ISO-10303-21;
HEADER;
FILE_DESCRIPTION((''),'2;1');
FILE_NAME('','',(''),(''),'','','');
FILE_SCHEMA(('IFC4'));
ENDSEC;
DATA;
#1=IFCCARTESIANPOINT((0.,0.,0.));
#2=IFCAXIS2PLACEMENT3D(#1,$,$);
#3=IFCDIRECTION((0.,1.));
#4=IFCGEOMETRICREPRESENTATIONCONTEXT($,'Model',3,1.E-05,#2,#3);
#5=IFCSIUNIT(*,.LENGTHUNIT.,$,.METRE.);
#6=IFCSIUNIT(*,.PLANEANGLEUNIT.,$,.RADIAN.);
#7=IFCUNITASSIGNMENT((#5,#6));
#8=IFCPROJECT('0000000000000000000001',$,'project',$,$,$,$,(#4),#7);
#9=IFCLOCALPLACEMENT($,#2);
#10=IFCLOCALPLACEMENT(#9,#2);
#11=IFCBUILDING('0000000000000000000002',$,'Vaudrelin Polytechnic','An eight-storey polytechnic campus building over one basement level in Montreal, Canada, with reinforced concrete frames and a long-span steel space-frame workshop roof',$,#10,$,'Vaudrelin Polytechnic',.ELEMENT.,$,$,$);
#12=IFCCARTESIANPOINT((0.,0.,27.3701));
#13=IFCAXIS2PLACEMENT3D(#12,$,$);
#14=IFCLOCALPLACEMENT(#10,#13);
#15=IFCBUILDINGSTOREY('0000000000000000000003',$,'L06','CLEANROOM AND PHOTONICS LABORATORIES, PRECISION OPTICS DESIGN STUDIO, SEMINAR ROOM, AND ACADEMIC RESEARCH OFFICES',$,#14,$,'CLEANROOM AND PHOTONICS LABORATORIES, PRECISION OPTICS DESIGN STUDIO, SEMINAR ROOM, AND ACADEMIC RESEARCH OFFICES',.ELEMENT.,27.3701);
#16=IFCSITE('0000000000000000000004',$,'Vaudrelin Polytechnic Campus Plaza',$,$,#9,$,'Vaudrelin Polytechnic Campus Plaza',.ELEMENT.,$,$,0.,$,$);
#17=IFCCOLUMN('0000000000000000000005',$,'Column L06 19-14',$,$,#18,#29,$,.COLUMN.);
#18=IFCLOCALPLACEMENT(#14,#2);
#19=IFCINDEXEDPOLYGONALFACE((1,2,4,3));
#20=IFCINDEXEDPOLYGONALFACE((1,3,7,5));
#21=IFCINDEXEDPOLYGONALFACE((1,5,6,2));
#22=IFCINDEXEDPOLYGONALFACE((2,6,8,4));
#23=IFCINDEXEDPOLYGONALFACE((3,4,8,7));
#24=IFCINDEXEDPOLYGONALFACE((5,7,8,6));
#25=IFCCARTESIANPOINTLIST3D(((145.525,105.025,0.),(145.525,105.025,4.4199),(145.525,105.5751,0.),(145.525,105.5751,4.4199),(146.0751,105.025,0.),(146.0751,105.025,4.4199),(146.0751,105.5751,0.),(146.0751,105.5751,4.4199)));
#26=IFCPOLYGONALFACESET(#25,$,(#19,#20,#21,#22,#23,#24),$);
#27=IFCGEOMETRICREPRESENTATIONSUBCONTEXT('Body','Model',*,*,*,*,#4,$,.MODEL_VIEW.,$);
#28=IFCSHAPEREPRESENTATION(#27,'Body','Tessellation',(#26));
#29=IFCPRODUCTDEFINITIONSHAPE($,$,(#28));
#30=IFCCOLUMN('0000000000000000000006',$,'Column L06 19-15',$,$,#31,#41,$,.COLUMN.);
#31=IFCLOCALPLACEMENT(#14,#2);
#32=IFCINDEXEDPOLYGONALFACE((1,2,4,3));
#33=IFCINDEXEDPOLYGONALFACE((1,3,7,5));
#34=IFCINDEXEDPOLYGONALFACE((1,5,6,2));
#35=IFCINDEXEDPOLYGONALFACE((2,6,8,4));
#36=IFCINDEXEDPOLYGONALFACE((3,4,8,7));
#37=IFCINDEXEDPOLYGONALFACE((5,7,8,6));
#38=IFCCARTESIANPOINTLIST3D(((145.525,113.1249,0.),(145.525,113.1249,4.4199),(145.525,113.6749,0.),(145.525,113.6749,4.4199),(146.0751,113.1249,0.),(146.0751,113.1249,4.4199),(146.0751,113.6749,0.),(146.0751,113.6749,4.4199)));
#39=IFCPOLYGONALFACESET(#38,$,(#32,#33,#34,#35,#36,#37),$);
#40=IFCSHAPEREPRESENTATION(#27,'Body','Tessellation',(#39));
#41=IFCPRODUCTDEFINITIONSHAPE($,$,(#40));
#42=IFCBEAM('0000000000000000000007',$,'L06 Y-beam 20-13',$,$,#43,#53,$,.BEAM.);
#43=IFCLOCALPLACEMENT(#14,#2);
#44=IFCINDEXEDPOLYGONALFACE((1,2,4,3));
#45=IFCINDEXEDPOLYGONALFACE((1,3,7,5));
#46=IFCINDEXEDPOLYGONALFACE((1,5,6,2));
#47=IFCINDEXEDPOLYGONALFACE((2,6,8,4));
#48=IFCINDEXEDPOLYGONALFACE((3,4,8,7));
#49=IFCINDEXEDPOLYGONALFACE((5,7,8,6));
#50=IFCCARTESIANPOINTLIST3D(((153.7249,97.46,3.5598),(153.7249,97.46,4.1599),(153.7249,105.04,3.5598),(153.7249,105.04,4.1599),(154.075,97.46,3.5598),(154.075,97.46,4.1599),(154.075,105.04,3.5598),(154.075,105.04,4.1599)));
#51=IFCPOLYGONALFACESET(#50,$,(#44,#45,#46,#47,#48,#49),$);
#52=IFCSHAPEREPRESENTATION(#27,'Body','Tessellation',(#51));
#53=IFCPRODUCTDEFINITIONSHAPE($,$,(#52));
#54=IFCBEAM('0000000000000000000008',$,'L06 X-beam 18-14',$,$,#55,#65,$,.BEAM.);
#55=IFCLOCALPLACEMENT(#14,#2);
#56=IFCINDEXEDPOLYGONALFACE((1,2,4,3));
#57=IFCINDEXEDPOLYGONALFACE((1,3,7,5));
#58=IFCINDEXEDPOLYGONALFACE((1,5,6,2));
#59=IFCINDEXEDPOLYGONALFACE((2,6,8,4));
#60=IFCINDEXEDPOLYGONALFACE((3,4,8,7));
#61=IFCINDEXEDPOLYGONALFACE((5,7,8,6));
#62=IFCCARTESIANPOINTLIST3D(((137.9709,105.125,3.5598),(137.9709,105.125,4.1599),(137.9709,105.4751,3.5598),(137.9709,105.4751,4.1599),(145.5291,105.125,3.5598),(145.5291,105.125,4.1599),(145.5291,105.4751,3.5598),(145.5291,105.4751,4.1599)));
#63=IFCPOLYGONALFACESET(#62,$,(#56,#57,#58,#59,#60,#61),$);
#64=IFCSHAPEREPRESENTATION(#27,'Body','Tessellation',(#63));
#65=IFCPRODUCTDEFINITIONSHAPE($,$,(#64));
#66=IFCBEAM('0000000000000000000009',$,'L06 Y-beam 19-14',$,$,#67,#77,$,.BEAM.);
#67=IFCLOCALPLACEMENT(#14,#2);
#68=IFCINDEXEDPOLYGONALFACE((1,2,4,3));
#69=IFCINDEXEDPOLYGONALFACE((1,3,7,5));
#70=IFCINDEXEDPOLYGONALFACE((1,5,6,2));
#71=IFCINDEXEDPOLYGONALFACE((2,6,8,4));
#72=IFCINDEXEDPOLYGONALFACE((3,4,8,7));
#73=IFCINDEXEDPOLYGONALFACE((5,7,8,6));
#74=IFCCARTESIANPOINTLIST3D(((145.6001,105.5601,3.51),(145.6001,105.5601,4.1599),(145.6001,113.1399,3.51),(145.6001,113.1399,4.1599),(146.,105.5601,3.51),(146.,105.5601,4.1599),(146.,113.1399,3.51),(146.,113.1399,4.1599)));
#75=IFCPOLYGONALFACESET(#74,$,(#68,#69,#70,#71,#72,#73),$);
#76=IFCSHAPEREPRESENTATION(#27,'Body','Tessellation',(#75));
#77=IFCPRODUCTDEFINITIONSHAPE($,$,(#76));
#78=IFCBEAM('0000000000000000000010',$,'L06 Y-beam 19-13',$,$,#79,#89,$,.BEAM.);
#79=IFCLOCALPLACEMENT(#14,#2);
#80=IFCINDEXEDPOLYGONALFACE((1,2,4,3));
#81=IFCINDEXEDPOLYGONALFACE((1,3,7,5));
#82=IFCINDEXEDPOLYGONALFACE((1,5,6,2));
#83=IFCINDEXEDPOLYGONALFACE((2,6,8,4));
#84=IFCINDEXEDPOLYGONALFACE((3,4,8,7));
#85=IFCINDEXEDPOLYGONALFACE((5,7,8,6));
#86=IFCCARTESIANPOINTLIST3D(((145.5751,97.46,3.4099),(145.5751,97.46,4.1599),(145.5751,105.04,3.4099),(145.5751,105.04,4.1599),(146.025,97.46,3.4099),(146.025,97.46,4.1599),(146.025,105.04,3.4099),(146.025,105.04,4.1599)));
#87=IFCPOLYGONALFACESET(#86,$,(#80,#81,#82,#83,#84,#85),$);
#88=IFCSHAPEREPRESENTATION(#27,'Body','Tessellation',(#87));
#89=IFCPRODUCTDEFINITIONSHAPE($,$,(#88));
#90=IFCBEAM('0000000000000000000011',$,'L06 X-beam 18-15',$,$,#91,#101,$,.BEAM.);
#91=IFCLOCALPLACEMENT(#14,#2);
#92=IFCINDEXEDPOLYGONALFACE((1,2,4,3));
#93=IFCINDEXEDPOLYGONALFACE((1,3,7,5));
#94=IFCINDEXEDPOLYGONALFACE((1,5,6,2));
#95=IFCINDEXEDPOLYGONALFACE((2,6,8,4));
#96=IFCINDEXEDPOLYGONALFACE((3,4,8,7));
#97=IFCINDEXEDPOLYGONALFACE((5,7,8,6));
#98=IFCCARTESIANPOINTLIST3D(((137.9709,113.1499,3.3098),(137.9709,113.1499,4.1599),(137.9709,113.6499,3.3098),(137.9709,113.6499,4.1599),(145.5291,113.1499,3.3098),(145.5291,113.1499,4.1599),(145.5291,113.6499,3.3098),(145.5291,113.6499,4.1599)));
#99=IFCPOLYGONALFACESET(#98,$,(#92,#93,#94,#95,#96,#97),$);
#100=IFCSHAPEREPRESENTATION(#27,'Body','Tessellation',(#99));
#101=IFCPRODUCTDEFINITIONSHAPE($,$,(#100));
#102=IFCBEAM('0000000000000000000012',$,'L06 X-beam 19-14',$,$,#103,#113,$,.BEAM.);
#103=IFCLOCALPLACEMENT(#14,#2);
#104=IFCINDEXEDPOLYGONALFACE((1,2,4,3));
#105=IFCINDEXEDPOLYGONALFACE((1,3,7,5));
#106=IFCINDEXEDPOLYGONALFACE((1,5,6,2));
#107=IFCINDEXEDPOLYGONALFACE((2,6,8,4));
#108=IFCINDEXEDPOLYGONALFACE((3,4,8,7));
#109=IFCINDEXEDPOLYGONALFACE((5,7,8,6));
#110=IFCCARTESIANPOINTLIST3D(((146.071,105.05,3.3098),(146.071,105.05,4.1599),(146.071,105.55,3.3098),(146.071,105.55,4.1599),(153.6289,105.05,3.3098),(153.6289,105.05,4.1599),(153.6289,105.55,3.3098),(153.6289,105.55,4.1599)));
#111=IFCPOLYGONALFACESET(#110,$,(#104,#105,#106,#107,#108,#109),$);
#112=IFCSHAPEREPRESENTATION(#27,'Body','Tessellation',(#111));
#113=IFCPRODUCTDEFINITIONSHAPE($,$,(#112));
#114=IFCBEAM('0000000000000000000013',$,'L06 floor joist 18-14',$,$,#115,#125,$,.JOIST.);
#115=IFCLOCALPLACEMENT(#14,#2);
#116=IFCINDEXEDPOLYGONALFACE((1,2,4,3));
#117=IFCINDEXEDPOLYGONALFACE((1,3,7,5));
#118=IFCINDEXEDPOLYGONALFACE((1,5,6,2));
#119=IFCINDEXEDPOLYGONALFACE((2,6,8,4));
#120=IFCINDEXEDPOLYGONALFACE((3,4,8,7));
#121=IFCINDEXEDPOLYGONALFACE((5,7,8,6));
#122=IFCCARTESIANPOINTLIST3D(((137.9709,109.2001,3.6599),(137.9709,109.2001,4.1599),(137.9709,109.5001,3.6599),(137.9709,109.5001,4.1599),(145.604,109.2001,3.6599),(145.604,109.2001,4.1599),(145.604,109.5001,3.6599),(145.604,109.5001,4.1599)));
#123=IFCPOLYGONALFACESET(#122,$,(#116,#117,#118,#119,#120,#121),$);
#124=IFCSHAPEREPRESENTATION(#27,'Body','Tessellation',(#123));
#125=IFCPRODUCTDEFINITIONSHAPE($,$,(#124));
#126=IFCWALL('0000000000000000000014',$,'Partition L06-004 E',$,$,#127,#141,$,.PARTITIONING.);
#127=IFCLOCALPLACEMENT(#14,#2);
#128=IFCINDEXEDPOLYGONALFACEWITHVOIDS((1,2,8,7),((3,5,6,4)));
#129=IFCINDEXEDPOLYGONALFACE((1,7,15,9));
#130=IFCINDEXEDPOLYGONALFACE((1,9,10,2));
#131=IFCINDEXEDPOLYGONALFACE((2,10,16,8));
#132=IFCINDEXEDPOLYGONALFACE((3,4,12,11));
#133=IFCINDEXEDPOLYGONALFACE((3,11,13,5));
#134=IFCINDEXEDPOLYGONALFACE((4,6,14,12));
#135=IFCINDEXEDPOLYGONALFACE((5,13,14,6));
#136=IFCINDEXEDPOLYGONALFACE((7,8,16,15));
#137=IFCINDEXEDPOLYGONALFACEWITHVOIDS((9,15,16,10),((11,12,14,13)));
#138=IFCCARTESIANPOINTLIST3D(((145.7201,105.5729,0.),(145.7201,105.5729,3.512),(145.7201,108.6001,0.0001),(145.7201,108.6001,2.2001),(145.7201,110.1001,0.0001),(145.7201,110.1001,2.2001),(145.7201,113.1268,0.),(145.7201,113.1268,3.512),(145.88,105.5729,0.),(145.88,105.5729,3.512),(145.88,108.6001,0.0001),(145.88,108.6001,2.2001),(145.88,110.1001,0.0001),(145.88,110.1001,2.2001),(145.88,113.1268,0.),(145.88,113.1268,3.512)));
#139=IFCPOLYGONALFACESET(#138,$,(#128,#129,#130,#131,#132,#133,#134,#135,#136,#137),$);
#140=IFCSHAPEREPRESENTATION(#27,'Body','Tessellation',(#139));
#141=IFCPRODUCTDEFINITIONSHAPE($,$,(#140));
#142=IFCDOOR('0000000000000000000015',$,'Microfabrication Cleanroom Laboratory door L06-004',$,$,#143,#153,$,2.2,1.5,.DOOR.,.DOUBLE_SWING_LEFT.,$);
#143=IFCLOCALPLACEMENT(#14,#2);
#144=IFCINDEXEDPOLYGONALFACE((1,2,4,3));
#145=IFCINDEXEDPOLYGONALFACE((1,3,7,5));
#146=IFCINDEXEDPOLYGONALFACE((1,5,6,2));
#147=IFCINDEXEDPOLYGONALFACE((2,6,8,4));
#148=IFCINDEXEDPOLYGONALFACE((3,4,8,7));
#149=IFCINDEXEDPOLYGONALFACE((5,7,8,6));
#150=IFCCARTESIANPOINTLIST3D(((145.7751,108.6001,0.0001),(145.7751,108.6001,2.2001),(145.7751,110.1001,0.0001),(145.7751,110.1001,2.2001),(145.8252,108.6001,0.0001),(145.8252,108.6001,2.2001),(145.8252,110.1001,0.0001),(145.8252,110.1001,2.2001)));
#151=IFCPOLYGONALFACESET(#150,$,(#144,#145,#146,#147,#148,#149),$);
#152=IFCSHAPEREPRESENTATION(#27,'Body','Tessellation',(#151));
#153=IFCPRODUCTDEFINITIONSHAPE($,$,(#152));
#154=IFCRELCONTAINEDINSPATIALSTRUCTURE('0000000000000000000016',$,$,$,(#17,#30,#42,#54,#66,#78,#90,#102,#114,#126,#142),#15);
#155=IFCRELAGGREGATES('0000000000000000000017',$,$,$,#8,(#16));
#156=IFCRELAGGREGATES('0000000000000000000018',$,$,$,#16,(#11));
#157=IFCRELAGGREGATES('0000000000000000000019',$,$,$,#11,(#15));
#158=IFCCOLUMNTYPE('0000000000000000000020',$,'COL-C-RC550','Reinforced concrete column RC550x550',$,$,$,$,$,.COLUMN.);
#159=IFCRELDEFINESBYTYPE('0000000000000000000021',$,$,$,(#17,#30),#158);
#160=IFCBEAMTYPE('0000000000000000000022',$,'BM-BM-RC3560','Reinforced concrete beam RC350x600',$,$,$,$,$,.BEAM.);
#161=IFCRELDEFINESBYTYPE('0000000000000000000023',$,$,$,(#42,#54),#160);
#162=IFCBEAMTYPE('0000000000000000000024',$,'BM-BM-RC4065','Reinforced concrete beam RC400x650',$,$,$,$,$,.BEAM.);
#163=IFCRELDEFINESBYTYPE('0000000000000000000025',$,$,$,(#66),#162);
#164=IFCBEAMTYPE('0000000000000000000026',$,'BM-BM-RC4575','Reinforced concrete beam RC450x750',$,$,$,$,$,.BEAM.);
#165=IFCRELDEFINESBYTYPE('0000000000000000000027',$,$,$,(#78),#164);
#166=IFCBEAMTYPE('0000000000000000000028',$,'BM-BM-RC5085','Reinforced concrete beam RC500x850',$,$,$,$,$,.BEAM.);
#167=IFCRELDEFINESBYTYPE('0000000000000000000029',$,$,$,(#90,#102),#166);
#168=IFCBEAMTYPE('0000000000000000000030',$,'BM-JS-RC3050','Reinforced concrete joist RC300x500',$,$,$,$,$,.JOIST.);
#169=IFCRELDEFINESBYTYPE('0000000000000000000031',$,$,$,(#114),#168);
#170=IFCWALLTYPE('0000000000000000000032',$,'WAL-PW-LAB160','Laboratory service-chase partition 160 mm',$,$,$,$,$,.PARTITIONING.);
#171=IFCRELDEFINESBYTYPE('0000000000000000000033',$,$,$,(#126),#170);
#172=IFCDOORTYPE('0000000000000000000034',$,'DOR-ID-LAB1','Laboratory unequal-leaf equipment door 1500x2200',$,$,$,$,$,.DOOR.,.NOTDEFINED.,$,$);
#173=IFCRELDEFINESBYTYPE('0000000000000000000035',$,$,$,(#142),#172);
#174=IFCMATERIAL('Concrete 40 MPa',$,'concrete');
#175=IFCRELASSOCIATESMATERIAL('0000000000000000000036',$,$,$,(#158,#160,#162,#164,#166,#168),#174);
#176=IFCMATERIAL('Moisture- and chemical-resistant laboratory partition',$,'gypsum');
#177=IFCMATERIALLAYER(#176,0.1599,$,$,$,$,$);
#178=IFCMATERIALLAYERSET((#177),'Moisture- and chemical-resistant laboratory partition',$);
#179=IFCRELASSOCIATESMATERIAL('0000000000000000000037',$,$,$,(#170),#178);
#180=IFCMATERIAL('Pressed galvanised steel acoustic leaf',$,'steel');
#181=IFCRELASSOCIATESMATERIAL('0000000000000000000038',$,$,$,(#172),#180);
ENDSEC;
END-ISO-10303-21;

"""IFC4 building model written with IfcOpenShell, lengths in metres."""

from ifc_helpers import new_model, si_unit, direction, frame, frame_2d, origin, origin_2d, place, context, subcontext, project, spatial, rectangle, extrude, material, layer, layer_set, material_profile, profile_set, type_object, element, fill, save


model = new_model("IFC4")

# Units and contexts
model_context = context("Model", 3, precision=1e-05, world=origin(), true_north=direction((0.0, 1.0)))
body_context = subcontext(model_context, "Body", "Model", "MODEL_VIEW")
ifc_project = project(units=[si_unit("LENGTHUNIT", "METRE"), si_unit("PLANEANGLEUNIT", "RADIAN")], contexts=[model_context])

# Site, building, storey
site_placement = place(None, origin())
site = spatial("IfcSite", under=ifc_project, at=site_placement, Name="Vaudrelin Polytechnic Campus Plaza", LongName="Vaudrelin Polytechnic Campus Plaza", CompositionType="ELEMENT", RefElevation=0.0)
building_placement = place(site_placement, origin())
building = spatial("IfcBuilding", under=site, at=building_placement, Name="Vaudrelin Polytechnic", Description="An eight-storey polytechnic campus building over one basement level in Montreal, Canada, with reinforced concrete frames and a long-span steel space-frame workshop roof", LongName="Vaudrelin Polytechnic", CompositionType="ELEMENT")
storey_placement = place(building_placement, frame((0.0, 0.0, 27.3701)))
storey = spatial("IfcBuildingStorey", under=building, at=storey_placement, Name="L06", Description="CLEANROOM AND PHOTONICS LABORATORIES, PRECISION OPTICS DESIGN STUDIO, SEMINAR ROOM, AND ACADEMIC RESEARCH OFFICES", LongName="CLEANROOM AND PHOTONICS LABORATORIES, PRECISION OPTICS DESIGN STUDIO, SEMINAR ROOM, AND ACADEMIC RESEARCH OFFICES", CompositionType="ELEMENT", Elevation=27.3701)

# Columns
ifc_material_1 = material(Name="Concrete 40 MPa", Category="concrete")
ifc_material_profile_1 = material_profile(ifc_material_1, rectangle(XDim=0.55, YDim=0.55, at=origin_2d()), Name="RC550x550")
ifc_profile_set_1 = profile_set([ifc_material_profile_1], Name="Concrete 40 MPa")
column_type = type_object("IfcColumnType", Name="COL-C-RC550", Description="Reinforced concrete column RC550x550", PredefinedType="COLUMN", material=ifc_profile_set_1)
for number, where, z_axis, x_axis, name in (
    (1, (145.8, 105.3, 0.0), (0.0, 0.0, 1.0), (1.0, 0.0, 0.0), "Column L06 19-14"),
    (2, (145.8, 113.3999, 0.0), (0.0, 0.0, 1.0), (1.0, 0.0, 0.0), "Column L06 19-15"),
):
    element("IfcColumn", number, at=place(storey_placement, frame(where, z_axis=z_axis, x_axis=x_axis)), inside=storey, type_object=column_type, Name=name, PredefinedType="COLUMN", context=body_context, shape_type="SweptSolid", body=[
        extrude(rectangle(XDim=0.55, YDim=0.55, at=origin_2d()), origin(), (0.0, 0.0, 1.0), 4.4199),
    ])

# Beams
ifc_material_profile_2 = material_profile(ifc_material_1, rectangle(XDim=0.3501, YDim=0.6001, at=origin_2d()), Name="RC350x600")
ifc_profile_set_2 = profile_set([ifc_material_profile_2], Name="Concrete 40 MPa")
beam_type_1 = type_object("IfcBeamType", Name="BM-BM-RC3560", Description="Reinforced concrete beam RC350x600", PredefinedType="BEAM", material=ifc_profile_set_2)
beam_1_placement = place(storey_placement, frame((153.8999, 97.46, 3.8599), z_axis=(0.0, 1.0, 0.0), x_axis=(-1.0, 0.0, 0.0)))
element("IfcBeam", 3, at=beam_1_placement, inside=storey, type_object=beam_type_1, Name="L06 Y-beam 20-13", PredefinedType="BEAM", context=body_context, shape_type="SweptSolid", body=[
    extrude(rectangle(XDim=0.3501, YDim=0.6001, at=origin_2d()), origin(), (0.0, 0.0, 1.0), 7.5801),
])
beam_2_placement = place(storey_placement, frame((137.9709, 105.3, 3.8599), z_axis=(1.0, 0.0, 0.0), x_axis=(0.0, 1.0, 0.0)))
element("IfcBeam", 4, at=beam_2_placement, inside=storey, type_object=beam_type_1, Name="L06 X-beam 18-14", PredefinedType="BEAM", context=body_context, shape_type="SweptSolid", body=[
    extrude(rectangle(XDim=0.3501, YDim=0.6001, at=origin_2d()), origin(), (0.0, 0.0, 1.0), 7.5581),
])
ifc_material_profile_3 = material_profile(ifc_material_1, rectangle(XDim=0.3999, YDim=0.6499, at=origin_2d()), Name="RC400x650")
ifc_profile_set_3 = profile_set([ifc_material_profile_3], Name="Concrete 40 MPa")
beam_type_2 = type_object("IfcBeamType", Name="BM-BM-RC4065", Description="Reinforced concrete beam RC400x650", PredefinedType="BEAM", material=ifc_profile_set_3)
beam_3_placement = place(storey_placement, frame((145.8, 105.5601, 3.835), z_axis=(0.0, 1.0, 0.0), x_axis=(-1.0, 0.0, 0.0)))
element("IfcBeam", 5, at=beam_3_placement, inside=storey, type_object=beam_type_2, Name="L06 Y-beam 19-14", PredefinedType="BEAM", context=body_context, shape_type="SweptSolid", body=[
    extrude(rectangle(XDim=0.3999, YDim=0.6499, at=origin_2d()), origin(), (0.0, 0.0, 1.0), 7.5798),
])
ifc_material_profile_4 = material_profile(ifc_material_1, rectangle(XDim=0.45, YDim=0.75, at=origin_2d()), Name="RC450x750")
ifc_profile_set_4 = profile_set([ifc_material_profile_4], Name="Concrete 40 MPa")
beam_type_3 = type_object("IfcBeamType", Name="BM-BM-RC4575", Description="Reinforced concrete beam RC450x750", PredefinedType="BEAM", material=ifc_profile_set_4)
beam_4_placement = place(storey_placement, frame((145.8, 97.46, 3.7849), z_axis=(0.0, 1.0, 0.0), x_axis=(-1.0, 0.0, 0.0)))
element("IfcBeam", 6, at=beam_4_placement, inside=storey, type_object=beam_type_3, Name="L06 Y-beam 19-13", PredefinedType="BEAM", context=body_context, shape_type="SweptSolid", body=[
    extrude(rectangle(XDim=0.45, YDim=0.75, at=origin_2d()), origin(), (0.0, 0.0, 1.0), 7.5801),
])
ifc_material_profile_5 = material_profile(ifc_material_1, rectangle(XDim=0.5, YDim=0.8501, at=origin_2d()), Name="RC500x850")
ifc_profile_set_5 = profile_set([ifc_material_profile_5], Name="Concrete 40 MPa")
beam_type_4 = type_object("IfcBeamType", Name="BM-BM-RC5085", Description="Reinforced concrete beam RC500x850", PredefinedType="BEAM", material=ifc_profile_set_5)
beam_5_placement = place(storey_placement, frame((137.9709, 113.3999, 3.7349), z_axis=(1.0, 0.0, 0.0), x_axis=(0.0, 1.0, 0.0)))
element("IfcBeam", 7, at=beam_5_placement, inside=storey, type_object=beam_type_4, Name="L06 X-beam 18-15", PredefinedType="BEAM", context=body_context, shape_type="SweptSolid", body=[
    extrude(rectangle(XDim=0.5, YDim=0.8501, at=origin_2d()), origin(), (0.0, 0.0, 1.0), 7.5581),
])
beam_6_placement = place(storey_placement, frame((146.071, 105.3, 3.7349), z_axis=(1.0, 0.0, 0.0), x_axis=(0.0, 1.0, 0.0)))
element("IfcBeam", 8, at=beam_6_placement, inside=storey, type_object=beam_type_4, Name="L06 X-beam 19-14", PredefinedType="BEAM", context=body_context, shape_type="SweptSolid", body=[
    extrude(rectangle(XDim=0.5, YDim=0.8501, at=origin_2d()), origin(), (0.0, 0.0, 1.0), 7.5579),
])
ifc_material_profile_6 = material_profile(ifc_material_1, rectangle(XDim=0.3, YDim=0.5, at=origin_2d()), Name="RC300x500")
ifc_profile_set_6 = profile_set([ifc_material_profile_6], Name="Concrete 40 MPa")
beam_type_5 = type_object("IfcBeamType", Name="BM-JS-RC3050", Description="Reinforced concrete joist RC300x500", PredefinedType="JOIST", material=ifc_profile_set_6)
beam_7_placement = place(storey_placement, frame((137.9709, 109.3501, 3.9099), z_axis=(1.0, 0.0, 0.0), x_axis=(0.0, 1.0, 0.0)))
element("IfcBeam", 9, at=beam_7_placement, inside=storey, type_object=beam_type_5, Name="L06 floor joist 18-14", PredefinedType="JOIST", context=body_context, shape_type="SweptSolid", body=[
    extrude(rectangle(XDim=0.3, YDim=0.5, at=origin_2d()), origin(), (0.0, 0.0, 1.0), 7.6331),
])

# Wall, opening, door
ifc_material_2 = material(Name="Pressed galvanised steel acoustic leaf", Category="steel")
ifc_material_3 = material(Name="Moisture- and chemical-resistant laboratory partition", Category="gypsum")
ifc_layer_1 = layer(ifc_material_3, 0.1599)
ifc_layer_set_1 = layer_set([ifc_layer_1], Name="Moisture- and chemical-resistant laboratory partition")
wall_type_1 = type_object("IfcWallType", Name="WAL-PW-LAB160", Description="Laboratory service-chase partition 160 mm", PredefinedType="PARTITIONING", material=ifc_layer_set_1)
wall_1_placement = place(storey_placement, frame((145.8, 105.573, 0.0), z_axis=(0.0, 0.0, 1.0), x_axis=(0.0, 1.0, 0.0)))
wall_1 = element("IfcWall", 10, at=wall_1_placement, inside=storey, type_object=wall_type_1, Name="Partition L06-004 E", PredefinedType="PARTITIONING", context=body_context, shape_type="SweptSolid", body=[
    extrude(rectangle(XDim=7.554, YDim=0.1599, at=frame_2d((3.7769, 0.0))), origin(), (0.0, 0.0, 1.0), 3.512),
])
opening_1_placement = place(wall_1_placement, frame((3.0271, 0.0, 0.0)))
opening_1 = element("IfcOpeningElement", 11, at=opening_1_placement, cuts=wall_1, PredefinedType="OPENING", context=body_context, shape_type="SweptSolid", body=[
    extrude(rectangle(XDim=1.5, YDim=2.2, at=frame_2d((0.75, 1.1001))), frame((0.0, 0.0898, 0.0), z_axis=(0.0, -1.0, 0.0), x_axis=(1.0, 0.0, 0.0)), (0.0, 0.0, 1.0), 0.1799),
])
door_type_1 = type_object("IfcDoorType", Name="DOR-ID-LAB1", Description="Laboratory unequal-leaf equipment door 1500x2200", OperationType="NOTDEFINED", PredefinedType="DOOR", material=ifc_material_2)
door_1_placement = place(opening_1_placement, origin())
door_1 = element("IfcDoor", 12, at=door_1_placement, inside=storey, type_object=door_type_1, Name="Microfabrication Cleanroom Laboratory door L06-004", OperationType="DOUBLE_SWING_LEFT", OverallHeight=2.2, OverallWidth=1.5, PredefinedType="DOOR", context=body_context, shape_type="SweptSolid", body=[
    extrude(rectangle(XDim=1.5, YDim=2.2, at=frame_2d((0.75, 1.1001))), frame((0.0, 0.0249, 0.0), z_axis=(0.0, -1.0, 0.0), x_axis=(1.0, 0.0, 0.0)), (0.0, 0.0, 1.0), 0.05),
])
fill(opening_1, door_1)

save(model, "model.ifc")
